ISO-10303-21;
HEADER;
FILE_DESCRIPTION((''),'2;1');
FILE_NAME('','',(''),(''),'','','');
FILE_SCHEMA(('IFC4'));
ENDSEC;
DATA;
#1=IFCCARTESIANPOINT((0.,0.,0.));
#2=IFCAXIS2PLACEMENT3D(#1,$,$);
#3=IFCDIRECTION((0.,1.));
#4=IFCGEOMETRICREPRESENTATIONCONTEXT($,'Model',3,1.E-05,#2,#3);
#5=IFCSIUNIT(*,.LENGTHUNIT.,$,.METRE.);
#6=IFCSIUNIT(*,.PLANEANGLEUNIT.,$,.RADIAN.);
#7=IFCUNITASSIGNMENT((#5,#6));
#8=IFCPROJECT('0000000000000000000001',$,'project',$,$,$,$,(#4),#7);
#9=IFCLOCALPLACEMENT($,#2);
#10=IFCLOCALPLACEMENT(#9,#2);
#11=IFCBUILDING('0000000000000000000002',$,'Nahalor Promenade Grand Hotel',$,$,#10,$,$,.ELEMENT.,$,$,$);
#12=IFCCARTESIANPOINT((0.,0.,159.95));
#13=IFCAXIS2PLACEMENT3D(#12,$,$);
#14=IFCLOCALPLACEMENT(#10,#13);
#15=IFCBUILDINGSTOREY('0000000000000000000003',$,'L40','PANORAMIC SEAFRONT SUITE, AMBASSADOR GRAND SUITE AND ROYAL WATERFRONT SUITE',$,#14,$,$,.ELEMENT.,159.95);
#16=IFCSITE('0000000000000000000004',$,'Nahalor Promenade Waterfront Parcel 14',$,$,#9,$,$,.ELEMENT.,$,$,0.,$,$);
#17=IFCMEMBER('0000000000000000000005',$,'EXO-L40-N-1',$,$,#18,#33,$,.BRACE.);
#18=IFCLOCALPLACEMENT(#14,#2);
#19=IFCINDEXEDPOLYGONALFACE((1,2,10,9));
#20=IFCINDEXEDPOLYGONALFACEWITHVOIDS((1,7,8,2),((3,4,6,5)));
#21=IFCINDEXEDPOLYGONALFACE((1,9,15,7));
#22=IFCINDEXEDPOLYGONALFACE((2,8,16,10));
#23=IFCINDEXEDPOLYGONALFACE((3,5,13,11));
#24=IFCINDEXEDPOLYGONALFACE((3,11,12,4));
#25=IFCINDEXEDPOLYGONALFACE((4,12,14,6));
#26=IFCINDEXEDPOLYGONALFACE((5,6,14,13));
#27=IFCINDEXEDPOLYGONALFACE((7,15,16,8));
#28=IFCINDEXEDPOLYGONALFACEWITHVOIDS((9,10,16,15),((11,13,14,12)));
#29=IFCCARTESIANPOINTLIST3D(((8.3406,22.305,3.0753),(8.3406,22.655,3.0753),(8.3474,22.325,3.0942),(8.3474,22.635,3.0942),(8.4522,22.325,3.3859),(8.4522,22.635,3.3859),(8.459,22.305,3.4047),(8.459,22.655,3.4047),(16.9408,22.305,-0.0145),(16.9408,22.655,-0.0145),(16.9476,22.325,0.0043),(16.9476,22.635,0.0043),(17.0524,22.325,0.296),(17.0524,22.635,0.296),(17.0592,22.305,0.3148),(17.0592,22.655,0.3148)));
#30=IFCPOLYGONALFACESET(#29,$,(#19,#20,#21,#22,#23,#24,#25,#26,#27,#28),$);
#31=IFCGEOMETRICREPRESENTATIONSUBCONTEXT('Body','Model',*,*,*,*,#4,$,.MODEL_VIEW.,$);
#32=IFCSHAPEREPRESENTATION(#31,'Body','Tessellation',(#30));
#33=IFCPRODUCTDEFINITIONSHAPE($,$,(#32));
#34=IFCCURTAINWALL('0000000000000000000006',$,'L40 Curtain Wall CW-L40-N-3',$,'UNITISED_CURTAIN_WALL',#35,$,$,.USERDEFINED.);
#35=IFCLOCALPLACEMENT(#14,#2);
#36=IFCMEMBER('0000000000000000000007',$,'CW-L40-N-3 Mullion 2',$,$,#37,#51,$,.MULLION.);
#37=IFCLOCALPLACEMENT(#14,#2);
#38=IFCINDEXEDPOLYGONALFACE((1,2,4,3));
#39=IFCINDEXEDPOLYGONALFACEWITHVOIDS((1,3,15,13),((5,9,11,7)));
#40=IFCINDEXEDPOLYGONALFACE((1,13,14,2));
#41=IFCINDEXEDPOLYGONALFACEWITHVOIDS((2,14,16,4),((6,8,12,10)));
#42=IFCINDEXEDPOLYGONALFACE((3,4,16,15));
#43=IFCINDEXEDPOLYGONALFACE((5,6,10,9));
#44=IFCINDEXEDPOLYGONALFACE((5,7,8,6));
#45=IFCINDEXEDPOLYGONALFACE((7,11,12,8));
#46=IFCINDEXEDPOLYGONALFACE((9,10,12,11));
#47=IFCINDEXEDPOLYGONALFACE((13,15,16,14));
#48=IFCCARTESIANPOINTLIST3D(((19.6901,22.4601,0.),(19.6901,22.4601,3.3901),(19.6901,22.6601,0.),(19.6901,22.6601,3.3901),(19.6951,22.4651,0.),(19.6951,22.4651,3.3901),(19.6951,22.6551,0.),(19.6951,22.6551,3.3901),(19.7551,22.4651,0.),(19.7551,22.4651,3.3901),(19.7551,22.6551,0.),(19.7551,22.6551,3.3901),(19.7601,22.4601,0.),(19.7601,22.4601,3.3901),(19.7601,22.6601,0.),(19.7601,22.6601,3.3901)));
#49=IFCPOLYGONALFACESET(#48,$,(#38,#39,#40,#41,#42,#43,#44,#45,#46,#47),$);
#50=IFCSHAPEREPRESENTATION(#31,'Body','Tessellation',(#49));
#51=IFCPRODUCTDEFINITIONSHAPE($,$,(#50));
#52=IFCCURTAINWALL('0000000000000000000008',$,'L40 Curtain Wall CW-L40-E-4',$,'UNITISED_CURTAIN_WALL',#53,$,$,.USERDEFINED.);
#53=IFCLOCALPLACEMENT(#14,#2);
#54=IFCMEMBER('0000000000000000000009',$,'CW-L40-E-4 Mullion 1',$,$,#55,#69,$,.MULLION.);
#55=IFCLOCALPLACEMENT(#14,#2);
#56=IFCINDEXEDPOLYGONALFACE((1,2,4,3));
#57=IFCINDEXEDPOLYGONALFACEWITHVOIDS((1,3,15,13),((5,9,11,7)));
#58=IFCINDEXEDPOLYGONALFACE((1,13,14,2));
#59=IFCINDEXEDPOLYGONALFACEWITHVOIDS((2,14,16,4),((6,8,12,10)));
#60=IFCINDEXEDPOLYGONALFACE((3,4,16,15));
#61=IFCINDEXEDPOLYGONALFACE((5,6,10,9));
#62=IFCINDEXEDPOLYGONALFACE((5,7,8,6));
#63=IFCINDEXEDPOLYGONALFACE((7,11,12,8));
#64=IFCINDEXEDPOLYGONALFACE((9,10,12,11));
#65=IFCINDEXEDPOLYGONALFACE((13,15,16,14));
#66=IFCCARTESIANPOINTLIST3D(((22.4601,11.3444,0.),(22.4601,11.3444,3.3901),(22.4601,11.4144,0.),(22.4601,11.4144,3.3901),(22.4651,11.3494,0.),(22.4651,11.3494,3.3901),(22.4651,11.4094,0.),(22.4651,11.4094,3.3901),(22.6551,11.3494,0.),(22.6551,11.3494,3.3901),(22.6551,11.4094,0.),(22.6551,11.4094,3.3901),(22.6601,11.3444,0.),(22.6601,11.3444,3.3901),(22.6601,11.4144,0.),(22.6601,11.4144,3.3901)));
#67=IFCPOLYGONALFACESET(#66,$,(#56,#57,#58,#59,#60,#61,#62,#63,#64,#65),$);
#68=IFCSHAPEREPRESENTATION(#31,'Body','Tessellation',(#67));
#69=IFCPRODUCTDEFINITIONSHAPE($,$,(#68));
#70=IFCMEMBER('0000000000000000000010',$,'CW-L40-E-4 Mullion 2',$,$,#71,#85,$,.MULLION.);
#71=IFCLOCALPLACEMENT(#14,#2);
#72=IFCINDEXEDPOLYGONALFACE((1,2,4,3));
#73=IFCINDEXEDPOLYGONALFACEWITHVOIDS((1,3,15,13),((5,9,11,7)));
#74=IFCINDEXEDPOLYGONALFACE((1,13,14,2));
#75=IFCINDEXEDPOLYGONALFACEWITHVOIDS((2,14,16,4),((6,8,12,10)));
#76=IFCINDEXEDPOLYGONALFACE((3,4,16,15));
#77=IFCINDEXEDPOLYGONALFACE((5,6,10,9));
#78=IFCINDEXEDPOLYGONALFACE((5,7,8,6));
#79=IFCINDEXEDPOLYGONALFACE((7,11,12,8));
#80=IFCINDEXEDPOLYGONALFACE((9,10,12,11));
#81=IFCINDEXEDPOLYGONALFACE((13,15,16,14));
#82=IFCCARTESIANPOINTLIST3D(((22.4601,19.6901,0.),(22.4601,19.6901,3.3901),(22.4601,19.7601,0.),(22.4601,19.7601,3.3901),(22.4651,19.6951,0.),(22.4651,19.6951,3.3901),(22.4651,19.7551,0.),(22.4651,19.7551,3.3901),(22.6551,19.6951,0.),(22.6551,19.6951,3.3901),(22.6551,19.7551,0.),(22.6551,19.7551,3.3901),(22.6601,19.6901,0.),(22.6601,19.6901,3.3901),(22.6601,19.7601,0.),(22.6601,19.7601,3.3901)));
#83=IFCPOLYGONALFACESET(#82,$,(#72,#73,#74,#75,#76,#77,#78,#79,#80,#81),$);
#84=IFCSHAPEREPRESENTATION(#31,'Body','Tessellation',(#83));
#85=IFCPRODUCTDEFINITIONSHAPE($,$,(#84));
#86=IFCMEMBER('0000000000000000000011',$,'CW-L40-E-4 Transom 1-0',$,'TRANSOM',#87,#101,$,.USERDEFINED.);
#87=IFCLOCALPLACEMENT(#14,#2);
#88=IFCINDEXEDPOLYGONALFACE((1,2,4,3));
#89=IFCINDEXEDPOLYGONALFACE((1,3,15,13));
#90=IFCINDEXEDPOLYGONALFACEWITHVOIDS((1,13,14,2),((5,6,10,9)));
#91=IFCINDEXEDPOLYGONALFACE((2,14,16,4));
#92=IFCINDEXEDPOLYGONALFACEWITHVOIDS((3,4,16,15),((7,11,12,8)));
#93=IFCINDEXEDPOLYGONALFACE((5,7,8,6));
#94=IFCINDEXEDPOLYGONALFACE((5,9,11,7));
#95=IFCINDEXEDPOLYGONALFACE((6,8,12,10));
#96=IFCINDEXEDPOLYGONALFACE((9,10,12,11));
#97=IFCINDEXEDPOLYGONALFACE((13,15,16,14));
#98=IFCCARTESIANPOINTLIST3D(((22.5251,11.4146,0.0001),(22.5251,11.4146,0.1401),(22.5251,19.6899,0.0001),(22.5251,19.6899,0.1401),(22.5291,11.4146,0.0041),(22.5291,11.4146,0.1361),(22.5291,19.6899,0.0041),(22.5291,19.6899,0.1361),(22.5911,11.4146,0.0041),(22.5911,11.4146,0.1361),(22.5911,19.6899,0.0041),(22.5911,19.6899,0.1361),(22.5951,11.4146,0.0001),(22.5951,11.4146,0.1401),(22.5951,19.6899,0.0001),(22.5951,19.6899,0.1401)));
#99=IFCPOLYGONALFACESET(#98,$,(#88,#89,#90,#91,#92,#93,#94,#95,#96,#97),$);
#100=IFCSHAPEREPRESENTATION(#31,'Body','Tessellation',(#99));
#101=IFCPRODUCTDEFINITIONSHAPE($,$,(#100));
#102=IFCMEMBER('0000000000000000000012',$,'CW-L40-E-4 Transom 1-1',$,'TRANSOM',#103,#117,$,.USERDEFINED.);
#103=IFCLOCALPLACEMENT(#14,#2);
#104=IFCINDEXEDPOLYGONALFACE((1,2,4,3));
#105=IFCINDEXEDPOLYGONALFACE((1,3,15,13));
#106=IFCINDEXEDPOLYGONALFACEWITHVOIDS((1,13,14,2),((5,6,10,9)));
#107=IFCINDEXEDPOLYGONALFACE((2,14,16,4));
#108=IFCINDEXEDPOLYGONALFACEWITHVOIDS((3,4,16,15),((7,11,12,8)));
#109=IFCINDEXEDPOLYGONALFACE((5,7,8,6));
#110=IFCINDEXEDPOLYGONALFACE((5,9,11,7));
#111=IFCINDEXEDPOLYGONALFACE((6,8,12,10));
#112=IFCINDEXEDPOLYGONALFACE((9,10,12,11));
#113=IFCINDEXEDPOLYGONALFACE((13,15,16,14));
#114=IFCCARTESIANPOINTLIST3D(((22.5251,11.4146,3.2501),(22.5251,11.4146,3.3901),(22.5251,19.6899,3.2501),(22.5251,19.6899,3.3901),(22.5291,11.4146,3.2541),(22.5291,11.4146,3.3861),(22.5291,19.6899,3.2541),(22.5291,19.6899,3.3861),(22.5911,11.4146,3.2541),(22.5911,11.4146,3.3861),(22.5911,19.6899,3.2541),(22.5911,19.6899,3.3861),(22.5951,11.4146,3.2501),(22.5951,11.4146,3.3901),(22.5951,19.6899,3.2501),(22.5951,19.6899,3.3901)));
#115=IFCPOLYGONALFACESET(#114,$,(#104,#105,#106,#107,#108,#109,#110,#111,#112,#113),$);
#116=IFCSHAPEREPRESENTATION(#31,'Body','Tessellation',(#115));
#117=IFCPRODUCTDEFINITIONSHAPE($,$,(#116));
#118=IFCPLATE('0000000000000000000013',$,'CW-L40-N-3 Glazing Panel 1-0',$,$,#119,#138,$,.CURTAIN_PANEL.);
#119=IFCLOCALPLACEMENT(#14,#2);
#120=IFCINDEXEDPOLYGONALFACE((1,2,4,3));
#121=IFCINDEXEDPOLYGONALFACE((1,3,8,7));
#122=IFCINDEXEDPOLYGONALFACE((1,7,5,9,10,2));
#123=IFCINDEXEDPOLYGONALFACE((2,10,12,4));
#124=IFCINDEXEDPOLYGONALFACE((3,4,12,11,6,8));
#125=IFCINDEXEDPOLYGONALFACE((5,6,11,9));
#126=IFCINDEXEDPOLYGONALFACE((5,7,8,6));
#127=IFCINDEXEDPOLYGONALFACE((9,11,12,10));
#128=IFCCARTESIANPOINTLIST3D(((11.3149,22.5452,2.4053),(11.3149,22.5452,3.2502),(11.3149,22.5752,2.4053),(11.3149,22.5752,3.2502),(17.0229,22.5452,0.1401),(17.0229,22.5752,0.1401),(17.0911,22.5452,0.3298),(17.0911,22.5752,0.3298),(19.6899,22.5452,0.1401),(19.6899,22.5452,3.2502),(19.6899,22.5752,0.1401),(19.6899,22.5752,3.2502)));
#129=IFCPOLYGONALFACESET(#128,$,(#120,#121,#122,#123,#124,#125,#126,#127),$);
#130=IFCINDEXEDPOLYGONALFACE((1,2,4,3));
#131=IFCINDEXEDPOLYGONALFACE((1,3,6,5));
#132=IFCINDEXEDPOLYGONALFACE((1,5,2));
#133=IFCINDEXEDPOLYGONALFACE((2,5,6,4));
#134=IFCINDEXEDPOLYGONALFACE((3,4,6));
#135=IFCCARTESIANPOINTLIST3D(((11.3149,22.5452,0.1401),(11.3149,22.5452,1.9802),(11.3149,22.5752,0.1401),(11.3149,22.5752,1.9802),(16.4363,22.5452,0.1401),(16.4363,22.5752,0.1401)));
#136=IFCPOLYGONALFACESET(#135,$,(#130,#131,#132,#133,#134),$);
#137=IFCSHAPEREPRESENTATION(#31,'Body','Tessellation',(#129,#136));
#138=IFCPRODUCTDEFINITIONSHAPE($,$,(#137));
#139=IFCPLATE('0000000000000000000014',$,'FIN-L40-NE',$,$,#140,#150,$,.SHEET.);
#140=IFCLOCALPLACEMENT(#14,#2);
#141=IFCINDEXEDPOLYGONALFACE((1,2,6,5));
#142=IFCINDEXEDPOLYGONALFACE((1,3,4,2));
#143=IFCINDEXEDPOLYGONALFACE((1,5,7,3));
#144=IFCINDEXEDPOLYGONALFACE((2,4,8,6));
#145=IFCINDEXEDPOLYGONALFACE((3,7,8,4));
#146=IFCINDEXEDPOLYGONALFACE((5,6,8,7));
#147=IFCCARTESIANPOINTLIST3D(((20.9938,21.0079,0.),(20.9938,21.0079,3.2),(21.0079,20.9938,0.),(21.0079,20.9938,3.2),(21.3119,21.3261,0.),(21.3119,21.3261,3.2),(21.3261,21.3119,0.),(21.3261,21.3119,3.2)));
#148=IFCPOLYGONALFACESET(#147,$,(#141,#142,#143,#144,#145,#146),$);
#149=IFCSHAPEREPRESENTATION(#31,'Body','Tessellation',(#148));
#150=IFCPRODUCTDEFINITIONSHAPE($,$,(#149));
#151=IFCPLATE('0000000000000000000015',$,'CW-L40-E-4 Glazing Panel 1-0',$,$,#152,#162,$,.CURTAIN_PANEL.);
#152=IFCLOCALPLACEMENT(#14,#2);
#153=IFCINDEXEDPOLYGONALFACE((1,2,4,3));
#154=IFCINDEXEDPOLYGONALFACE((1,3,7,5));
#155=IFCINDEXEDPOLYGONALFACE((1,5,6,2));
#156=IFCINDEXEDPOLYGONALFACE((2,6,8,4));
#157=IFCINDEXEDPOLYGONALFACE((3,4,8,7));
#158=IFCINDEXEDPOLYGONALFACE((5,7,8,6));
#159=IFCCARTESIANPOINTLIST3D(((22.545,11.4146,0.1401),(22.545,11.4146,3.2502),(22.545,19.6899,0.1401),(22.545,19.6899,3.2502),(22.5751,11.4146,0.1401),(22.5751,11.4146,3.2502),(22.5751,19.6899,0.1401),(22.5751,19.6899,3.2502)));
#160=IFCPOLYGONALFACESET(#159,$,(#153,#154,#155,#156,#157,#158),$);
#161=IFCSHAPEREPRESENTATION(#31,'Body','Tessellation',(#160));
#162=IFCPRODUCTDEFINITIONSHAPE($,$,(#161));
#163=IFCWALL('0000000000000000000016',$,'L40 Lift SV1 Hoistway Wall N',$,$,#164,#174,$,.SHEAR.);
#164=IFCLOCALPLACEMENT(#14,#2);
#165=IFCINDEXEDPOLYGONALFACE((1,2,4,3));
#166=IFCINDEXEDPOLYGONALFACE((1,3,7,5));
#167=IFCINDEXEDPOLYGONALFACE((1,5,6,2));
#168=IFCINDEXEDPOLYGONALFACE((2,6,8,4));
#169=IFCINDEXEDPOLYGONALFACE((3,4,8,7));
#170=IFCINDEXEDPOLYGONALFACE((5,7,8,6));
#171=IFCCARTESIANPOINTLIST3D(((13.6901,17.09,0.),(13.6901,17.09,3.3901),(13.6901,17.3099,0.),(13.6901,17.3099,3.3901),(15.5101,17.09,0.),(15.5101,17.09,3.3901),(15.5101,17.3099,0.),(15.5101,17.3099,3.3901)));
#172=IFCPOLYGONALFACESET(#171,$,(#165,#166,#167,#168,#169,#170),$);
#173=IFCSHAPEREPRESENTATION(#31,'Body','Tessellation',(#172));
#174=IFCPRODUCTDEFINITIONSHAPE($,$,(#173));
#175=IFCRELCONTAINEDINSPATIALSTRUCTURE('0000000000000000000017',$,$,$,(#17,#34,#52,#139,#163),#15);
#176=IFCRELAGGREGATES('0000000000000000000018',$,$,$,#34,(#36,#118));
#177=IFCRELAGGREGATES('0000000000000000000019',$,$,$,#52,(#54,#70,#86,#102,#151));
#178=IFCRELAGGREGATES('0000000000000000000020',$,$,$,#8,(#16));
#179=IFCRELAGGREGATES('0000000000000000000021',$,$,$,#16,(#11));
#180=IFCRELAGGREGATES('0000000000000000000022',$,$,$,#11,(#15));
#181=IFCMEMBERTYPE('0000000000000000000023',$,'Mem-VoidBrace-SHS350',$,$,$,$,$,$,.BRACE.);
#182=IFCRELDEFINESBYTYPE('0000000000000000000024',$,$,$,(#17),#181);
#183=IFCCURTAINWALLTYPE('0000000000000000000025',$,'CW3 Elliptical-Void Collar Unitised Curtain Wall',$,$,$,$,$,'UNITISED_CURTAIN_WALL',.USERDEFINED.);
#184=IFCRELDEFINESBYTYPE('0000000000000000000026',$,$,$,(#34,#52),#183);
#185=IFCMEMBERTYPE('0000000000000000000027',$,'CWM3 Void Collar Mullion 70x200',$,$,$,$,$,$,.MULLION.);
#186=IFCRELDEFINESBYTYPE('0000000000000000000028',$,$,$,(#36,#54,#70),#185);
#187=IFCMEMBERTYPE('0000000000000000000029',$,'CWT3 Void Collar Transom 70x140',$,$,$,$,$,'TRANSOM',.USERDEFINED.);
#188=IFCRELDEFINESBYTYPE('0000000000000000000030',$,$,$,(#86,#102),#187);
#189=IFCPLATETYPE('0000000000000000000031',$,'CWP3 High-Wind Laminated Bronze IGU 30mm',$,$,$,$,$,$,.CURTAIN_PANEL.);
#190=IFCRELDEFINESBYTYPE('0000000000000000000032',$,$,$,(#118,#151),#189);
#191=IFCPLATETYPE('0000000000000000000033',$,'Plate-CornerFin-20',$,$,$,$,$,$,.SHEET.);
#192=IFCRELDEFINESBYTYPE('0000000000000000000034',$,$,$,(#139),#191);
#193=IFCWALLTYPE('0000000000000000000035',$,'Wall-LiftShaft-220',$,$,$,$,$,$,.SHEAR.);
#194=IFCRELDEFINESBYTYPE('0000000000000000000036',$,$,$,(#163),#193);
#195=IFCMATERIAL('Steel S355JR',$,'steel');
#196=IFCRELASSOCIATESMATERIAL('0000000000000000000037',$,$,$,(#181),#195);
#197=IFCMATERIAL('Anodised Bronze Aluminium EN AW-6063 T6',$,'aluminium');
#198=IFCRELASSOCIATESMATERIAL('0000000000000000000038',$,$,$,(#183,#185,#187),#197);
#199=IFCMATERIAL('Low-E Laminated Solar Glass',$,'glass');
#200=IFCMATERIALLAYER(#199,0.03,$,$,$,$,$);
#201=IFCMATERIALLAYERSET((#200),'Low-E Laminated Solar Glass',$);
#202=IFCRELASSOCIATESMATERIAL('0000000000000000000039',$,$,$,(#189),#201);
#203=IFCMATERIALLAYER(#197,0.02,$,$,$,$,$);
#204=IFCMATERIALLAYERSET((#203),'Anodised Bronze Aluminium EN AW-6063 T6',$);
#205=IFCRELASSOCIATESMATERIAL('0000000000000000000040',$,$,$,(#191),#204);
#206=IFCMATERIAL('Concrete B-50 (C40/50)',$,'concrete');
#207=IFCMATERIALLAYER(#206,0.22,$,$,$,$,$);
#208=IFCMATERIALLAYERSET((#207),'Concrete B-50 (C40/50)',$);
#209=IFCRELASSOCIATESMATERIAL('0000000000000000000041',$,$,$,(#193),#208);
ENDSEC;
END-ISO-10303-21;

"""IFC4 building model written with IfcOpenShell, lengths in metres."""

from ifc_helpers import new_model, si_unit, direction, frame, frame_2d, origin, origin_2d, place, context, subcontext, project, spatial, polyline, rectangle, hollow_rectangle, outline, extrude, source, transform, mapped, material, layer, layer_set, material_profile, profile_set, type_object, element, aggregate, save


model = new_model("IFC4")

# Units and contexts
model_context = context("Model", 3, precision=1e-05, world=origin(), true_north=direction((0.0, 1.0)))
body_context = subcontext(model_context, "Body", "Model", "MODEL_VIEW")
ifc_project = project(units=[si_unit("LENGTHUNIT", "METRE"), si_unit("PLANEANGLEUNIT", "RADIAN")], contexts=[model_context])

# Site, building, storey
site_placement = place(None, origin())
site = spatial("IfcSite", under=ifc_project, at=site_placement, Name="Nahalor Promenade Waterfront Parcel 14", CompositionType="ELEMENT", RefElevation=0.0)
building_placement = place(site_placement, origin())
building = spatial("IfcBuilding", under=site, at=building_placement, Name="Nahalor Promenade Grand Hotel", CompositionType="ELEMENT")
storey_placement = place(building_placement, frame((0.0, 0.0, 159.95)))
storey = spatial("IfcBuildingStorey", under=building, at=storey_placement, Name="L40", Description="PANORAMIC SEAFRONT SUITE, AMBASSADOR GRAND SUITE AND ROYAL WATERFRONT SUITE", CompositionType="ELEMENT", Elevation=159.95)

# Shared definitions
ifc_material_1 = material(Name="Steel S355JR", Category="steel")

# Member
ifc_material_profile_1 = material_profile(ifc_material_1, hollow_rectangle(XDim=0.35, YDim=0.35, WallThickness=0.02, at=origin_2d()), Name="SHS 350x350x20")
ifc_profile_set_1 = profile_set([ifc_material_profile_1], Name="Steel S355JR")
member_type_1 = type_object("IfcMemberType", Name="Mem-VoidBrace-SHS350", PredefinedType="BRACE", material=ifc_profile_set_1)
shared_shape_1 = source(origin(), body_context, "Body", "SweptSolid", [
    extrude(hollow_rectangle(XDim=0.35, YDim=0.35, WallThickness=0.02, at=origin_2d()), origin(), (0.0, 0.0, 1.0), 9.1384),
])
member_1_placement = place(storey_placement, frame((17.0, 22.48, 0.1501), z_axis=(-0.941103, 0.0, 0.33812), x_axis=(0.0, -1.0, 0.0)))
element("IfcMember", 1, at=member_1_placement, inside=storey, type_object=member_type_1, Name="EXO-L40-N-1", PredefinedType="BRACE", context=body_context, shape_type="MappedRepresentation", body=[
    mapped(shared_shape_1, transform((0.0, 0.0, 0.0), scale=1.0)),
])

# Curtain wall, member
ifc_material_2 = material(Name="Anodised Bronze Aluminium EN AW-6063 T6", Category="aluminium")
curtain_wall_type = type_object("IfcCurtainWallType", Name="CW3 Elliptical-Void Collar Unitised Curtain Wall", ElementType="UNITISED_CURTAIN_WALL", PredefinedType="USERDEFINED", material=ifc_material_2)
curtain_wall_1_placement = place(storey_placement, origin())
curtain_wall_1 = element("IfcCurtainWall", 2, at=curtain_wall_1_placement, inside=storey, type_object=curtain_wall_type, Name="L40 Curtain Wall CW-L40-N-3", ObjectType="UNITISED_CURTAIN_WALL", PredefinedType="USERDEFINED")
ifc_material_profile_2 = material_profile(ifc_material_2, hollow_rectangle(XDim=0.07, YDim=0.2, WallThickness=0.005, at=origin_2d()), Name="CWM 70x200x5")
ifc_profile_set_2 = profile_set([ifc_material_profile_2], Name="Anodised Bronze Aluminium EN AW-6063 T6")
member_type_2 = type_object("IfcMemberType", Name="CWM3 Void Collar Mullion 70x200", PredefinedType="MULLION", material=ifc_profile_set_2)
shared_shape_2 = source(origin(), body_context, "Body", "SweptSolid", [
    extrude(hollow_rectangle(XDim=0.07, YDim=0.2, WallThickness=0.005, at=origin_2d()), origin(), (0.0, 0.0, 1.0), 3.3901),
])
member_2_placement = place(storey_placement, frame((19.7251, 22.5601, 0.0), z_axis=(0.0, 0.0, 1.0), x_axis=(1.0, 0.0, 0.0)))
member_2 = element("IfcMember", 3, at=member_2_placement, type_object=member_type_2, Name="CW-L40-N-3 Mullion 2", PredefinedType="MULLION", context=body_context, shape_type="MappedRepresentation", body=[
    mapped(shared_shape_2, transform((0.0, 0.0, 0.0), scale=1.0)),
])

# Curtain wall, members
curtain_wall_2_placement = place(storey_placement, origin())
curtain_wall_2 = element("IfcCurtainWall", 4, at=curtain_wall_2_placement, inside=storey, type_object=curtain_wall_type, Name="L40 Curtain Wall CW-L40-E-4", ObjectType="UNITISED_CURTAIN_WALL", PredefinedType="USERDEFINED")
member_3_placement = place(storey_placement, frame((22.5601, 11.3794, 0.0), z_axis=(0.0, 0.0, 1.0), x_axis=(0.0, 1.0, 0.0)))
member_3 = element("IfcMember", 5, at=member_3_placement, type_object=member_type_2, Name="CW-L40-E-4 Mullion 1", PredefinedType="MULLION", context=body_context, shape_type="MappedRepresentation", body=[
    mapped(shared_shape_2, transform((0.0, 0.0, 0.0), scale=1.0)),
])
member_4_placement = place(storey_placement, frame((22.5601, 19.7251, 0.0), z_axis=(0.0, 0.0, 1.0), x_axis=(0.0, 1.0, 0.0)))
member_4 = element("IfcMember", 6, at=member_4_placement, type_object=member_type_2, Name="CW-L40-E-4 Mullion 2", PredefinedType="MULLION", context=body_context, shape_type="MappedRepresentation", body=[
    mapped(shared_shape_2, transform((0.0, 0.0, 0.0), scale=1.0)),
])
ifc_material_profile_3 = material_profile(ifc_material_2, hollow_rectangle(XDim=0.07, YDim=0.14, WallThickness=0.004, at=origin_2d()), Name="CWT 70x140x4")
ifc_profile_set_3 = profile_set([ifc_material_profile_3], Name="Anodised Bronze Aluminium EN AW-6063 T6")
member_type_3 = type_object("IfcMemberType", Name="CWT3 Void Collar Transom 70x140", ElementType="TRANSOM", PredefinedType="USERDEFINED", material=ifc_profile_set_3)
shared_shape_3 = source(origin(), body_context, "Body", "SweptSolid", [
    extrude(hollow_rectangle(XDim=0.07, YDim=0.14, WallThickness=0.004, at=origin_2d()), origin(), (0.0, 0.0, 1.0), 8.2754),
])
member_5_placement = place(storey_placement, frame((22.5601, 11.4146, 0.0701), z_axis=(0.0, 1.0, 0.0), x_axis=(-1.0, 0.0, 0.0)))
member_5 = element("IfcMember", 7, at=member_5_placement, type_object=member_type_3, Name="CW-L40-E-4 Transom 1-0", ObjectType="TRANSOM", PredefinedType="USERDEFINED", context=body_context, shape_type="MappedRepresentation", body=[
    mapped(shared_shape_3, transform((0.0, 0.0, 0.0), scale=1.0)),
])
member_6_placement = place(storey_placement, frame((22.5601, 11.4146, 3.3201), z_axis=(0.0, 1.0, 0.0), x_axis=(-1.0, 0.0, 0.0)))
member_6 = element("IfcMember", 8, at=member_6_placement, type_object=member_type_3, Name="CW-L40-E-4 Transom 1-1", ObjectType="TRANSOM", PredefinedType="USERDEFINED", context=body_context, shape_type="MappedRepresentation", body=[
    mapped(shared_shape_3, transform((0.0, 0.0, 0.0), scale=1.0)),
])

# Plates
ifc_material_3 = material(Name="Low-E Laminated Solar Glass", Category="glass")
ifc_layer_1 = layer(ifc_material_3, 0.03)
ifc_layer_set_1 = layer_set([ifc_layer_1], Name="Low-E Laminated Solar Glass")
plate_type_1 = type_object("IfcPlateType", Name="CWP3 High-Wind Laminated Bronze IGU 30mm", PredefinedType="CURTAIN_PANEL", material=ifc_layer_set_1)
plate_1_placement = place(storey_placement, frame((15.5024, 22.5601, 0.1401), z_axis=(0.0, 0.0, 1.0), x_axis=(1.0, 0.0, 0.0)))
plate_1 = element("IfcPlate", 9, at=plate_1_placement, type_object=plate_type_1, Name="CW-L40-N-3 Glazing Panel 1-0", PredefinedType="CURTAIN_PANEL", context=body_context, shape_type="SweptSolid", body=[
    extrude(outline(polyline([(4.1875, 3.1101), (-4.1875, 3.1101), (-4.1875, 2.2651), (1.5886, 0.1897), (1.5205, 0.0), (4.1875, 0.0), (4.1875, 3.1101)])), frame((0.0, 0.0151, 0.0), z_axis=(0.0, -1.0, 0.0), x_axis=(1.0, 0.0, 0.0)), (0.0, 0.0, 1.0), 0.03),
    extrude(outline(polyline([(-4.1875, 1.8401), (-4.1875, 0.0), (0.9338, 0.0), (-4.1875, 1.8401)])), frame((0.0, 0.0151, 0.0), z_axis=(0.0, -1.0, 0.0), x_axis=(1.0, 0.0, 0.0)), (0.0, 0.0, 1.0), 0.03),
])
aggregate(curtain_wall_1, [member_2, plate_1])
ifc_layer_2 = layer(ifc_material_2, 0.02)
ifc_layer_set_2 = layer_set([ifc_layer_2], Name="Anodised Bronze Aluminium EN AW-6063 T6")
plate_type_2 = type_object("IfcPlateType", Name="Plate-CornerFin-20", PredefinedType="SHEET", material=ifc_layer_set_2)
shared_shape_4 = source(origin(), body_context, "Body", "SweptSolid", [
    extrude(rectangle(XDim=0.45, YDim=0.02, at=origin_2d()), origin(), (0.0, 0.0, 1.0), 3.2),
])
plate_2_placement = place(storey_placement, frame((21.1599, 21.1599, 0.0), z_axis=(0.0, 0.0, 1.0), x_axis=(0.707107, 0.707107, 0.0)))
element("IfcPlate", 10, at=plate_2_placement, inside=storey, type_object=plate_type_2, Name="FIN-L40-NE", PredefinedType="SHEET", context=body_context, shape_type="MappedRepresentation", body=[
    mapped(shared_shape_4, transform((0.0, 0.0, 0.0), scale=1.0)),
])
shared_shape_5 = source(origin(), body_context, "Body", "SweptSolid", [
    extrude(rectangle(XDim=8.2754, YDim=0.03, at=origin_2d()), origin(), (0.0, 0.0, 1.0), 3.1101),
])
plate_3_placement = place(storey_placement, frame((22.5601, 15.5522, 0.1401), z_axis=(0.0, 0.0, 1.0), x_axis=(0.0, 1.0, 0.0)))
plate_3 = element("IfcPlate", 11, at=plate_3_placement, type_object=plate_type_1, Name="CW-L40-E-4 Glazing Panel 1-0", PredefinedType="CURTAIN_PANEL", context=body_context, shape_type="MappedRepresentation", body=[
    mapped(shared_shape_5, transform((0.0, 0.0, 0.0), scale=1.0)),
])
aggregate(curtain_wall_2, [member_3, member_4, member_5, member_6, plate_3])

# Wall
ifc_material_4 = material(Name="Concrete B-50 (C40/50)", Category="concrete")
ifc_layer_3 = layer(ifc_material_4, 0.22)
ifc_layer_set_3 = layer_set([ifc_layer_3], Name="Concrete B-50 (C40/50)")
wall_type_1 = type_object("IfcWallType", Name="Wall-LiftShaft-220", PredefinedType="SHEAR", material=ifc_layer_set_3)
shared_shape_6 = source(origin(), body_context, "Body", "SweptSolid", [
    extrude(rectangle(XDim=1.8201, YDim=0.22, at=frame_2d((0.9102, 0.0))), origin(), (0.0, 0.0, 1.0), 3.3901),
])
wall_1_placement = place(storey_placement, frame((13.6899, 17.2, 0.0), z_axis=(0.0, 0.0, 1.0), x_axis=(1.0, 0.0, 0.0)))
element("IfcWall", 12, at=wall_1_placement, inside=storey, type_object=wall_type_1, Name="L40 Lift SV1 Hoistway Wall N", PredefinedType="SHEAR", context=body_context, shape_type="MappedRepresentation", body=[
    mapped(shared_shape_6, transform((0.0, 0.0, 0.0), scale=1.0)),
])

save(model, "model.ifc")
